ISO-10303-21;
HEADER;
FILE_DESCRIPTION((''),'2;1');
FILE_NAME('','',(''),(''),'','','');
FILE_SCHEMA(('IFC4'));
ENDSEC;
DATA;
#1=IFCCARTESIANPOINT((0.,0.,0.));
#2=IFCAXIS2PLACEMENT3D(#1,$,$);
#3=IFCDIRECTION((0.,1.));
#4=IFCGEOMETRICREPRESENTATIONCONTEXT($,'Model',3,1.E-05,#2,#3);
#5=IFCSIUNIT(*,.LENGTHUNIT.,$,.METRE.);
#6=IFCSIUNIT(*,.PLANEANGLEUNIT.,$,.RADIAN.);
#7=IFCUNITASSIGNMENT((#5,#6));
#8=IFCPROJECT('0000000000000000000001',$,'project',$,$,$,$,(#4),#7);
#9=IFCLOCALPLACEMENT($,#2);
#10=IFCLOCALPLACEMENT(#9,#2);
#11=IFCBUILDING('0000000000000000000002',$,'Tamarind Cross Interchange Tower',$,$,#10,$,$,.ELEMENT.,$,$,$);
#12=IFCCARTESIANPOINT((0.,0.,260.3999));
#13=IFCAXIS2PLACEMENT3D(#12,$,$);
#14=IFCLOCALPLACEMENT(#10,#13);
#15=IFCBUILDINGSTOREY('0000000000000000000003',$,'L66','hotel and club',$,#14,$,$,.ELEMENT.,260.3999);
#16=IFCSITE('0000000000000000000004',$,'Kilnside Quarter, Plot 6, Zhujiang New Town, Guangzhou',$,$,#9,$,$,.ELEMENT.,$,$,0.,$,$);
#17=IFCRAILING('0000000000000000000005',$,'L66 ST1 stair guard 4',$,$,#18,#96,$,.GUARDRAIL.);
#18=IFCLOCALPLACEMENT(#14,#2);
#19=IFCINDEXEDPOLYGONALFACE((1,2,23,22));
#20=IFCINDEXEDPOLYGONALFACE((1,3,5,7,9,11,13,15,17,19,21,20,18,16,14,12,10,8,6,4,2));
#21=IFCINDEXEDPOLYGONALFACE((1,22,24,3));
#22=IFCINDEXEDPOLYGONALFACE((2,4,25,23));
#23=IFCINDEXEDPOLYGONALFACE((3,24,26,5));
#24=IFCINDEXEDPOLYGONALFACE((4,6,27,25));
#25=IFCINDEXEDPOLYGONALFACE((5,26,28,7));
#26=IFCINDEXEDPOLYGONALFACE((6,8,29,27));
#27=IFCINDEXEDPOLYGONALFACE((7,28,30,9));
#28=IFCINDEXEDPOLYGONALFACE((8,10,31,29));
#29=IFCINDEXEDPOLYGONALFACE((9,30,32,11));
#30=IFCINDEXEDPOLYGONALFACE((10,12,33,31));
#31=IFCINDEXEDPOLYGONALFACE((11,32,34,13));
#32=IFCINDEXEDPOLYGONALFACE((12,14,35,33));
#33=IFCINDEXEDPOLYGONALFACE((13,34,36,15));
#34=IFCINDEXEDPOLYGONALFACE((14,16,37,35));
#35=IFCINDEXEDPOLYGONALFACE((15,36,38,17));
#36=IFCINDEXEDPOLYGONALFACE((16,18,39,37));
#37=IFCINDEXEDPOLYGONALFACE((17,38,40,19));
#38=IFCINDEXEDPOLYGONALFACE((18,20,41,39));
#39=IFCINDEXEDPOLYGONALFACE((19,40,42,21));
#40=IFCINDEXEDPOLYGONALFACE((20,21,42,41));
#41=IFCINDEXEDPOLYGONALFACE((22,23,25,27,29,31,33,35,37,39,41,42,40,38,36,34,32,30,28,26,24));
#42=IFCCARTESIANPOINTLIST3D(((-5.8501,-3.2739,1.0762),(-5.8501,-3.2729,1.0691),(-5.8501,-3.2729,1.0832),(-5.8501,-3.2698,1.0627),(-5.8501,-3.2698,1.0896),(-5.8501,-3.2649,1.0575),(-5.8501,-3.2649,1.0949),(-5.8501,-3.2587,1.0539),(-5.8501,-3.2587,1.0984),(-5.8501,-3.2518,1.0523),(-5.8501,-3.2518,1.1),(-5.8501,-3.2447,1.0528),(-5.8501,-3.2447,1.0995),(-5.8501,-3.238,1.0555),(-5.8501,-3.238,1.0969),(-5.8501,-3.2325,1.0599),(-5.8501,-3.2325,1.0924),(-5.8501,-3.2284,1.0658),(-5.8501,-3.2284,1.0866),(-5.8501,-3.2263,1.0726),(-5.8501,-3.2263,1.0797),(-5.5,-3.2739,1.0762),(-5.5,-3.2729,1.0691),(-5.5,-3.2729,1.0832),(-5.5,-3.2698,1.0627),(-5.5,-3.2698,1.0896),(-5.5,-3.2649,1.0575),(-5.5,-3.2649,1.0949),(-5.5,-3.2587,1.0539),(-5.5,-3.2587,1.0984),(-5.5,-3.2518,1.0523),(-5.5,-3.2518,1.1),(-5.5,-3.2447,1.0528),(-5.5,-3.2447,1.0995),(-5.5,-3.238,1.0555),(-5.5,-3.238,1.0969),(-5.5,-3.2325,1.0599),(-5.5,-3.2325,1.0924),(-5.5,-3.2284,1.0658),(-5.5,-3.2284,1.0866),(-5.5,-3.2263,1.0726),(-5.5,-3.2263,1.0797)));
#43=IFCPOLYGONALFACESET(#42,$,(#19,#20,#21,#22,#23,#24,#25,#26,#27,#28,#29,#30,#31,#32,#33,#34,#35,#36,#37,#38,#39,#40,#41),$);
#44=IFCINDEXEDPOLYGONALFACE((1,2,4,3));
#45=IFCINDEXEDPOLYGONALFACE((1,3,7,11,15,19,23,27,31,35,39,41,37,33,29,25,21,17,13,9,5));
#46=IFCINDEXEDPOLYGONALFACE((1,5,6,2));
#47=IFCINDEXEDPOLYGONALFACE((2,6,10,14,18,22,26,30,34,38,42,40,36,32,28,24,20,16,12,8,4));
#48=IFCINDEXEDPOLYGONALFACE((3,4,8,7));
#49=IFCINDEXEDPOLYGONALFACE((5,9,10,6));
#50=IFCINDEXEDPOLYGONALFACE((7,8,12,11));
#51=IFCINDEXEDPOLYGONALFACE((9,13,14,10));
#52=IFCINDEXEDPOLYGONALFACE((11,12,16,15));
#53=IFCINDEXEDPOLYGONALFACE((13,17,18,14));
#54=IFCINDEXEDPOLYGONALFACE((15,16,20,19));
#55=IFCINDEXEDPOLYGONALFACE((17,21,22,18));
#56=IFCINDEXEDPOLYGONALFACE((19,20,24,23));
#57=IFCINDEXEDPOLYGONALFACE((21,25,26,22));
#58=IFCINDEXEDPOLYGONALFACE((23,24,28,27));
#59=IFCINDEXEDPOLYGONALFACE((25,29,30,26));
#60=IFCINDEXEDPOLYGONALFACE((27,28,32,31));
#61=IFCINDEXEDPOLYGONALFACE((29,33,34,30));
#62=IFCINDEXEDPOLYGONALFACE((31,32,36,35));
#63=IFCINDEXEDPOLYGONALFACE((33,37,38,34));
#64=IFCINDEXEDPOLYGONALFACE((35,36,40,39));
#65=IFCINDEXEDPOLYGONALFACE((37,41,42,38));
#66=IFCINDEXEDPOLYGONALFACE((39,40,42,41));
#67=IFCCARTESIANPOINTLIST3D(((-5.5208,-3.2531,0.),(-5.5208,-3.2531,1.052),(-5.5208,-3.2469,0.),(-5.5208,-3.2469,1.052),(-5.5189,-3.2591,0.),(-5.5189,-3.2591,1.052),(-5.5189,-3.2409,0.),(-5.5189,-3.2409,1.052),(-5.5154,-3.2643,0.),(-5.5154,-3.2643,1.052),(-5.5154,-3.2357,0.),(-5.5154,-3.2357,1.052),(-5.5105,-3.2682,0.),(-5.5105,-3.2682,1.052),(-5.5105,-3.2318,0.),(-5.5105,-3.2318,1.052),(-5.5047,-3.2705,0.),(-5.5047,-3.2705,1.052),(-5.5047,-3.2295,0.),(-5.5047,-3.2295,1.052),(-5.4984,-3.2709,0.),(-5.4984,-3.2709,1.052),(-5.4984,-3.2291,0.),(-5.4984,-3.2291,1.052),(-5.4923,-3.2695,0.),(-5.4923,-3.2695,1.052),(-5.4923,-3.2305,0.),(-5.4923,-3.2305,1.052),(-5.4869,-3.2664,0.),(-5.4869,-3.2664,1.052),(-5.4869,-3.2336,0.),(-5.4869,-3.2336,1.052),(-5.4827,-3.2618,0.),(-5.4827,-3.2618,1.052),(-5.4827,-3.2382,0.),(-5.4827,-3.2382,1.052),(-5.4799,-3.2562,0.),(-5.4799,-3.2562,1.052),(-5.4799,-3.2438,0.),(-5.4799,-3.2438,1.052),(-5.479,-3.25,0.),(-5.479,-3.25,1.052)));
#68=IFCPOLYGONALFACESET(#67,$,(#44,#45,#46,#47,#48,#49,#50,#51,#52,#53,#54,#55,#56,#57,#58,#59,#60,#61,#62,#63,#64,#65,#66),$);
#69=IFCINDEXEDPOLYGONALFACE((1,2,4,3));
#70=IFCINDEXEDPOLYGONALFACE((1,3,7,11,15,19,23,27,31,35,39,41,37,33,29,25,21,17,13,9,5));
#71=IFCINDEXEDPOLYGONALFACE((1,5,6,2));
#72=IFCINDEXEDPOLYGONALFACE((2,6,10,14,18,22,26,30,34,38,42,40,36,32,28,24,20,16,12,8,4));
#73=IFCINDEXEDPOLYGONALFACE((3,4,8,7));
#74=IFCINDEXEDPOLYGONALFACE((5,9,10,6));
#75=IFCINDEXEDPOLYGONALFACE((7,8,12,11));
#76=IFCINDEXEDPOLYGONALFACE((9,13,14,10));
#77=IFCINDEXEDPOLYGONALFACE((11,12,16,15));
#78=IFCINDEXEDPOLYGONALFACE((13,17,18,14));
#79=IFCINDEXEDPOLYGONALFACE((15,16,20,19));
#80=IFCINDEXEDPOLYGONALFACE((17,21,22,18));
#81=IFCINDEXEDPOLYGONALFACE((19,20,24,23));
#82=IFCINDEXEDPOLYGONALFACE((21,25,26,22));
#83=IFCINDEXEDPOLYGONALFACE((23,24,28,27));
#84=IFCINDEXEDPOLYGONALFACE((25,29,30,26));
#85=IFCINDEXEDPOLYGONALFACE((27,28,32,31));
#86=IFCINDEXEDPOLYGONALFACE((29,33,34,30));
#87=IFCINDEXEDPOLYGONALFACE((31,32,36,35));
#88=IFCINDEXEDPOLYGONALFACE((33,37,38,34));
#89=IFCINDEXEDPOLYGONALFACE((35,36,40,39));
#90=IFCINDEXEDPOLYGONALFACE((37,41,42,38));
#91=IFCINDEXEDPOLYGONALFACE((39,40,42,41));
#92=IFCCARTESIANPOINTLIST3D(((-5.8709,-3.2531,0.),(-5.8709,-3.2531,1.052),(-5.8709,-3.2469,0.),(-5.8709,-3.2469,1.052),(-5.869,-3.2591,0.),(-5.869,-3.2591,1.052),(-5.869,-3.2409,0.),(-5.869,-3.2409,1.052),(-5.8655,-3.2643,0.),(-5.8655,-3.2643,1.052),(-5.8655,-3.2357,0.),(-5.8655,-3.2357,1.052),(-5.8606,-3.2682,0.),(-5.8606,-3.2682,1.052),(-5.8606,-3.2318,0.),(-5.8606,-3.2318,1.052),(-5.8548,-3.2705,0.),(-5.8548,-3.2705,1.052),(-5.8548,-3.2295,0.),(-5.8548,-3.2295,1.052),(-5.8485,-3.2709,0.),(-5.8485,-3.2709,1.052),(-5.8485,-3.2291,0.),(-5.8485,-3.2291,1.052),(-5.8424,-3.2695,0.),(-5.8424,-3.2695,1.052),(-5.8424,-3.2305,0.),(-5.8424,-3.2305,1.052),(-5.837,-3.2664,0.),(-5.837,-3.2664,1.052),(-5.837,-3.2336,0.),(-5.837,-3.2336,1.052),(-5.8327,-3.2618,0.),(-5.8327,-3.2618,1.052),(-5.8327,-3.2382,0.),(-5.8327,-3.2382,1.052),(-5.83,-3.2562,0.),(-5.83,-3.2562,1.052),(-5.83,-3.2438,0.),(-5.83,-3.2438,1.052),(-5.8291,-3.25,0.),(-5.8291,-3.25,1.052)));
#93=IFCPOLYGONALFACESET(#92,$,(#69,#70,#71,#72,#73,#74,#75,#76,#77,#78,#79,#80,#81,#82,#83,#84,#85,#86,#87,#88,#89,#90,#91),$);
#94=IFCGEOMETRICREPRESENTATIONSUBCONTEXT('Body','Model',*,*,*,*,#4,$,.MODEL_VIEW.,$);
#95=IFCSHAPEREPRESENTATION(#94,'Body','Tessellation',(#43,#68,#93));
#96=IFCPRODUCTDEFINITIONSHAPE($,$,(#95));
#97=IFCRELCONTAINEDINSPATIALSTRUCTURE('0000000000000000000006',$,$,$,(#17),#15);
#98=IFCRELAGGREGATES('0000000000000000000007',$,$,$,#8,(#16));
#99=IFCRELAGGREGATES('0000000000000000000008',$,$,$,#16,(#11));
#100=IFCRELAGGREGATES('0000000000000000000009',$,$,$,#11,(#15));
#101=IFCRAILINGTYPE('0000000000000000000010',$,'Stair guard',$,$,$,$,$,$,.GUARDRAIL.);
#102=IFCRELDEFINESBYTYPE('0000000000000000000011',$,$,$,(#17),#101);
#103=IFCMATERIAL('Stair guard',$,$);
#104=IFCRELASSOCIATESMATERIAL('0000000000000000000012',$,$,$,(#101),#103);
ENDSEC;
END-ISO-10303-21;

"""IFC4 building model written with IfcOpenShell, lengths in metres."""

from ifc_helpers import new_model, si_unit, direction, frame, origin, origin_2d, place, context, subcontext, project, spatial, circle, extrude, material, type_object, element, save


model = new_model("IFC4")

# Units and contexts
model_context = context("Model", 3, precision=1e-05, world=origin(), true_north=direction((0.0, 1.0)))
body_context = subcontext(model_context, "Body", "Model", "MODEL_VIEW")
ifc_project = project(units=[si_unit("LENGTHUNIT", "METRE"), si_unit("PLANEANGLEUNIT", "RADIAN")], contexts=[model_context])

# Site, building, storey
site_placement = place(None, origin())
site = spatial("IfcSite", under=ifc_project, at=site_placement, Name="Kilnside Quarter, Plot 6, Zhujiang New Town, Guangzhou", CompositionType="ELEMENT", RefElevation=0.0)
building_placement = place(site_placement, origin())
building = spatial("IfcBuilding", under=site, at=building_placement, Name="Tamarind Cross Interchange Tower", CompositionType="ELEMENT")
storey_placement = place(building_placement, frame((0.0, 0.0, 260.3999)))
storey = spatial("IfcBuildingStorey", under=building, at=storey_placement, Name="L66", Description="hotel and club", CompositionType="ELEMENT", Elevation=260.3999)

# Railing
ifc_material_1 = material(Name="Stair guard")
railing_type_1 = type_object("IfcRailingType", Name="Stair guard", PredefinedType="GUARDRAIL", material=ifc_material_1)
railing_1_placement = place(storey_placement, frame((-5.5, -3.25, 0.0)))
element("IfcRailing", 1, at=railing_1_placement, inside=storey, type_object=railing_type_1, Name="L66 ST1 stair guard 4", PredefinedType="GUARDRAIL", context=body_context, shape_type="SweptSolid", body=[
    extrude(circle(Radius=0.0239, at=origin_2d()), frame((0.0, 0.0, 1.0762), z_axis=(-1.0, 0.0, 0.0), x_axis=(0.0, -1.0, 0.0)), (0.0, 0.0, 1.0), 0.3501),
    extrude(circle(Radius=0.021, at=origin_2d()), origin(), (0.0, 0.0, 1.0), 1.052),
    extrude(circle(Radius=0.021, at=origin_2d()), frame((-0.3501, 0.0, 0.0)), (0.0, 0.0, 1.0), 1.052),
])

save(model, "model.ifc")
